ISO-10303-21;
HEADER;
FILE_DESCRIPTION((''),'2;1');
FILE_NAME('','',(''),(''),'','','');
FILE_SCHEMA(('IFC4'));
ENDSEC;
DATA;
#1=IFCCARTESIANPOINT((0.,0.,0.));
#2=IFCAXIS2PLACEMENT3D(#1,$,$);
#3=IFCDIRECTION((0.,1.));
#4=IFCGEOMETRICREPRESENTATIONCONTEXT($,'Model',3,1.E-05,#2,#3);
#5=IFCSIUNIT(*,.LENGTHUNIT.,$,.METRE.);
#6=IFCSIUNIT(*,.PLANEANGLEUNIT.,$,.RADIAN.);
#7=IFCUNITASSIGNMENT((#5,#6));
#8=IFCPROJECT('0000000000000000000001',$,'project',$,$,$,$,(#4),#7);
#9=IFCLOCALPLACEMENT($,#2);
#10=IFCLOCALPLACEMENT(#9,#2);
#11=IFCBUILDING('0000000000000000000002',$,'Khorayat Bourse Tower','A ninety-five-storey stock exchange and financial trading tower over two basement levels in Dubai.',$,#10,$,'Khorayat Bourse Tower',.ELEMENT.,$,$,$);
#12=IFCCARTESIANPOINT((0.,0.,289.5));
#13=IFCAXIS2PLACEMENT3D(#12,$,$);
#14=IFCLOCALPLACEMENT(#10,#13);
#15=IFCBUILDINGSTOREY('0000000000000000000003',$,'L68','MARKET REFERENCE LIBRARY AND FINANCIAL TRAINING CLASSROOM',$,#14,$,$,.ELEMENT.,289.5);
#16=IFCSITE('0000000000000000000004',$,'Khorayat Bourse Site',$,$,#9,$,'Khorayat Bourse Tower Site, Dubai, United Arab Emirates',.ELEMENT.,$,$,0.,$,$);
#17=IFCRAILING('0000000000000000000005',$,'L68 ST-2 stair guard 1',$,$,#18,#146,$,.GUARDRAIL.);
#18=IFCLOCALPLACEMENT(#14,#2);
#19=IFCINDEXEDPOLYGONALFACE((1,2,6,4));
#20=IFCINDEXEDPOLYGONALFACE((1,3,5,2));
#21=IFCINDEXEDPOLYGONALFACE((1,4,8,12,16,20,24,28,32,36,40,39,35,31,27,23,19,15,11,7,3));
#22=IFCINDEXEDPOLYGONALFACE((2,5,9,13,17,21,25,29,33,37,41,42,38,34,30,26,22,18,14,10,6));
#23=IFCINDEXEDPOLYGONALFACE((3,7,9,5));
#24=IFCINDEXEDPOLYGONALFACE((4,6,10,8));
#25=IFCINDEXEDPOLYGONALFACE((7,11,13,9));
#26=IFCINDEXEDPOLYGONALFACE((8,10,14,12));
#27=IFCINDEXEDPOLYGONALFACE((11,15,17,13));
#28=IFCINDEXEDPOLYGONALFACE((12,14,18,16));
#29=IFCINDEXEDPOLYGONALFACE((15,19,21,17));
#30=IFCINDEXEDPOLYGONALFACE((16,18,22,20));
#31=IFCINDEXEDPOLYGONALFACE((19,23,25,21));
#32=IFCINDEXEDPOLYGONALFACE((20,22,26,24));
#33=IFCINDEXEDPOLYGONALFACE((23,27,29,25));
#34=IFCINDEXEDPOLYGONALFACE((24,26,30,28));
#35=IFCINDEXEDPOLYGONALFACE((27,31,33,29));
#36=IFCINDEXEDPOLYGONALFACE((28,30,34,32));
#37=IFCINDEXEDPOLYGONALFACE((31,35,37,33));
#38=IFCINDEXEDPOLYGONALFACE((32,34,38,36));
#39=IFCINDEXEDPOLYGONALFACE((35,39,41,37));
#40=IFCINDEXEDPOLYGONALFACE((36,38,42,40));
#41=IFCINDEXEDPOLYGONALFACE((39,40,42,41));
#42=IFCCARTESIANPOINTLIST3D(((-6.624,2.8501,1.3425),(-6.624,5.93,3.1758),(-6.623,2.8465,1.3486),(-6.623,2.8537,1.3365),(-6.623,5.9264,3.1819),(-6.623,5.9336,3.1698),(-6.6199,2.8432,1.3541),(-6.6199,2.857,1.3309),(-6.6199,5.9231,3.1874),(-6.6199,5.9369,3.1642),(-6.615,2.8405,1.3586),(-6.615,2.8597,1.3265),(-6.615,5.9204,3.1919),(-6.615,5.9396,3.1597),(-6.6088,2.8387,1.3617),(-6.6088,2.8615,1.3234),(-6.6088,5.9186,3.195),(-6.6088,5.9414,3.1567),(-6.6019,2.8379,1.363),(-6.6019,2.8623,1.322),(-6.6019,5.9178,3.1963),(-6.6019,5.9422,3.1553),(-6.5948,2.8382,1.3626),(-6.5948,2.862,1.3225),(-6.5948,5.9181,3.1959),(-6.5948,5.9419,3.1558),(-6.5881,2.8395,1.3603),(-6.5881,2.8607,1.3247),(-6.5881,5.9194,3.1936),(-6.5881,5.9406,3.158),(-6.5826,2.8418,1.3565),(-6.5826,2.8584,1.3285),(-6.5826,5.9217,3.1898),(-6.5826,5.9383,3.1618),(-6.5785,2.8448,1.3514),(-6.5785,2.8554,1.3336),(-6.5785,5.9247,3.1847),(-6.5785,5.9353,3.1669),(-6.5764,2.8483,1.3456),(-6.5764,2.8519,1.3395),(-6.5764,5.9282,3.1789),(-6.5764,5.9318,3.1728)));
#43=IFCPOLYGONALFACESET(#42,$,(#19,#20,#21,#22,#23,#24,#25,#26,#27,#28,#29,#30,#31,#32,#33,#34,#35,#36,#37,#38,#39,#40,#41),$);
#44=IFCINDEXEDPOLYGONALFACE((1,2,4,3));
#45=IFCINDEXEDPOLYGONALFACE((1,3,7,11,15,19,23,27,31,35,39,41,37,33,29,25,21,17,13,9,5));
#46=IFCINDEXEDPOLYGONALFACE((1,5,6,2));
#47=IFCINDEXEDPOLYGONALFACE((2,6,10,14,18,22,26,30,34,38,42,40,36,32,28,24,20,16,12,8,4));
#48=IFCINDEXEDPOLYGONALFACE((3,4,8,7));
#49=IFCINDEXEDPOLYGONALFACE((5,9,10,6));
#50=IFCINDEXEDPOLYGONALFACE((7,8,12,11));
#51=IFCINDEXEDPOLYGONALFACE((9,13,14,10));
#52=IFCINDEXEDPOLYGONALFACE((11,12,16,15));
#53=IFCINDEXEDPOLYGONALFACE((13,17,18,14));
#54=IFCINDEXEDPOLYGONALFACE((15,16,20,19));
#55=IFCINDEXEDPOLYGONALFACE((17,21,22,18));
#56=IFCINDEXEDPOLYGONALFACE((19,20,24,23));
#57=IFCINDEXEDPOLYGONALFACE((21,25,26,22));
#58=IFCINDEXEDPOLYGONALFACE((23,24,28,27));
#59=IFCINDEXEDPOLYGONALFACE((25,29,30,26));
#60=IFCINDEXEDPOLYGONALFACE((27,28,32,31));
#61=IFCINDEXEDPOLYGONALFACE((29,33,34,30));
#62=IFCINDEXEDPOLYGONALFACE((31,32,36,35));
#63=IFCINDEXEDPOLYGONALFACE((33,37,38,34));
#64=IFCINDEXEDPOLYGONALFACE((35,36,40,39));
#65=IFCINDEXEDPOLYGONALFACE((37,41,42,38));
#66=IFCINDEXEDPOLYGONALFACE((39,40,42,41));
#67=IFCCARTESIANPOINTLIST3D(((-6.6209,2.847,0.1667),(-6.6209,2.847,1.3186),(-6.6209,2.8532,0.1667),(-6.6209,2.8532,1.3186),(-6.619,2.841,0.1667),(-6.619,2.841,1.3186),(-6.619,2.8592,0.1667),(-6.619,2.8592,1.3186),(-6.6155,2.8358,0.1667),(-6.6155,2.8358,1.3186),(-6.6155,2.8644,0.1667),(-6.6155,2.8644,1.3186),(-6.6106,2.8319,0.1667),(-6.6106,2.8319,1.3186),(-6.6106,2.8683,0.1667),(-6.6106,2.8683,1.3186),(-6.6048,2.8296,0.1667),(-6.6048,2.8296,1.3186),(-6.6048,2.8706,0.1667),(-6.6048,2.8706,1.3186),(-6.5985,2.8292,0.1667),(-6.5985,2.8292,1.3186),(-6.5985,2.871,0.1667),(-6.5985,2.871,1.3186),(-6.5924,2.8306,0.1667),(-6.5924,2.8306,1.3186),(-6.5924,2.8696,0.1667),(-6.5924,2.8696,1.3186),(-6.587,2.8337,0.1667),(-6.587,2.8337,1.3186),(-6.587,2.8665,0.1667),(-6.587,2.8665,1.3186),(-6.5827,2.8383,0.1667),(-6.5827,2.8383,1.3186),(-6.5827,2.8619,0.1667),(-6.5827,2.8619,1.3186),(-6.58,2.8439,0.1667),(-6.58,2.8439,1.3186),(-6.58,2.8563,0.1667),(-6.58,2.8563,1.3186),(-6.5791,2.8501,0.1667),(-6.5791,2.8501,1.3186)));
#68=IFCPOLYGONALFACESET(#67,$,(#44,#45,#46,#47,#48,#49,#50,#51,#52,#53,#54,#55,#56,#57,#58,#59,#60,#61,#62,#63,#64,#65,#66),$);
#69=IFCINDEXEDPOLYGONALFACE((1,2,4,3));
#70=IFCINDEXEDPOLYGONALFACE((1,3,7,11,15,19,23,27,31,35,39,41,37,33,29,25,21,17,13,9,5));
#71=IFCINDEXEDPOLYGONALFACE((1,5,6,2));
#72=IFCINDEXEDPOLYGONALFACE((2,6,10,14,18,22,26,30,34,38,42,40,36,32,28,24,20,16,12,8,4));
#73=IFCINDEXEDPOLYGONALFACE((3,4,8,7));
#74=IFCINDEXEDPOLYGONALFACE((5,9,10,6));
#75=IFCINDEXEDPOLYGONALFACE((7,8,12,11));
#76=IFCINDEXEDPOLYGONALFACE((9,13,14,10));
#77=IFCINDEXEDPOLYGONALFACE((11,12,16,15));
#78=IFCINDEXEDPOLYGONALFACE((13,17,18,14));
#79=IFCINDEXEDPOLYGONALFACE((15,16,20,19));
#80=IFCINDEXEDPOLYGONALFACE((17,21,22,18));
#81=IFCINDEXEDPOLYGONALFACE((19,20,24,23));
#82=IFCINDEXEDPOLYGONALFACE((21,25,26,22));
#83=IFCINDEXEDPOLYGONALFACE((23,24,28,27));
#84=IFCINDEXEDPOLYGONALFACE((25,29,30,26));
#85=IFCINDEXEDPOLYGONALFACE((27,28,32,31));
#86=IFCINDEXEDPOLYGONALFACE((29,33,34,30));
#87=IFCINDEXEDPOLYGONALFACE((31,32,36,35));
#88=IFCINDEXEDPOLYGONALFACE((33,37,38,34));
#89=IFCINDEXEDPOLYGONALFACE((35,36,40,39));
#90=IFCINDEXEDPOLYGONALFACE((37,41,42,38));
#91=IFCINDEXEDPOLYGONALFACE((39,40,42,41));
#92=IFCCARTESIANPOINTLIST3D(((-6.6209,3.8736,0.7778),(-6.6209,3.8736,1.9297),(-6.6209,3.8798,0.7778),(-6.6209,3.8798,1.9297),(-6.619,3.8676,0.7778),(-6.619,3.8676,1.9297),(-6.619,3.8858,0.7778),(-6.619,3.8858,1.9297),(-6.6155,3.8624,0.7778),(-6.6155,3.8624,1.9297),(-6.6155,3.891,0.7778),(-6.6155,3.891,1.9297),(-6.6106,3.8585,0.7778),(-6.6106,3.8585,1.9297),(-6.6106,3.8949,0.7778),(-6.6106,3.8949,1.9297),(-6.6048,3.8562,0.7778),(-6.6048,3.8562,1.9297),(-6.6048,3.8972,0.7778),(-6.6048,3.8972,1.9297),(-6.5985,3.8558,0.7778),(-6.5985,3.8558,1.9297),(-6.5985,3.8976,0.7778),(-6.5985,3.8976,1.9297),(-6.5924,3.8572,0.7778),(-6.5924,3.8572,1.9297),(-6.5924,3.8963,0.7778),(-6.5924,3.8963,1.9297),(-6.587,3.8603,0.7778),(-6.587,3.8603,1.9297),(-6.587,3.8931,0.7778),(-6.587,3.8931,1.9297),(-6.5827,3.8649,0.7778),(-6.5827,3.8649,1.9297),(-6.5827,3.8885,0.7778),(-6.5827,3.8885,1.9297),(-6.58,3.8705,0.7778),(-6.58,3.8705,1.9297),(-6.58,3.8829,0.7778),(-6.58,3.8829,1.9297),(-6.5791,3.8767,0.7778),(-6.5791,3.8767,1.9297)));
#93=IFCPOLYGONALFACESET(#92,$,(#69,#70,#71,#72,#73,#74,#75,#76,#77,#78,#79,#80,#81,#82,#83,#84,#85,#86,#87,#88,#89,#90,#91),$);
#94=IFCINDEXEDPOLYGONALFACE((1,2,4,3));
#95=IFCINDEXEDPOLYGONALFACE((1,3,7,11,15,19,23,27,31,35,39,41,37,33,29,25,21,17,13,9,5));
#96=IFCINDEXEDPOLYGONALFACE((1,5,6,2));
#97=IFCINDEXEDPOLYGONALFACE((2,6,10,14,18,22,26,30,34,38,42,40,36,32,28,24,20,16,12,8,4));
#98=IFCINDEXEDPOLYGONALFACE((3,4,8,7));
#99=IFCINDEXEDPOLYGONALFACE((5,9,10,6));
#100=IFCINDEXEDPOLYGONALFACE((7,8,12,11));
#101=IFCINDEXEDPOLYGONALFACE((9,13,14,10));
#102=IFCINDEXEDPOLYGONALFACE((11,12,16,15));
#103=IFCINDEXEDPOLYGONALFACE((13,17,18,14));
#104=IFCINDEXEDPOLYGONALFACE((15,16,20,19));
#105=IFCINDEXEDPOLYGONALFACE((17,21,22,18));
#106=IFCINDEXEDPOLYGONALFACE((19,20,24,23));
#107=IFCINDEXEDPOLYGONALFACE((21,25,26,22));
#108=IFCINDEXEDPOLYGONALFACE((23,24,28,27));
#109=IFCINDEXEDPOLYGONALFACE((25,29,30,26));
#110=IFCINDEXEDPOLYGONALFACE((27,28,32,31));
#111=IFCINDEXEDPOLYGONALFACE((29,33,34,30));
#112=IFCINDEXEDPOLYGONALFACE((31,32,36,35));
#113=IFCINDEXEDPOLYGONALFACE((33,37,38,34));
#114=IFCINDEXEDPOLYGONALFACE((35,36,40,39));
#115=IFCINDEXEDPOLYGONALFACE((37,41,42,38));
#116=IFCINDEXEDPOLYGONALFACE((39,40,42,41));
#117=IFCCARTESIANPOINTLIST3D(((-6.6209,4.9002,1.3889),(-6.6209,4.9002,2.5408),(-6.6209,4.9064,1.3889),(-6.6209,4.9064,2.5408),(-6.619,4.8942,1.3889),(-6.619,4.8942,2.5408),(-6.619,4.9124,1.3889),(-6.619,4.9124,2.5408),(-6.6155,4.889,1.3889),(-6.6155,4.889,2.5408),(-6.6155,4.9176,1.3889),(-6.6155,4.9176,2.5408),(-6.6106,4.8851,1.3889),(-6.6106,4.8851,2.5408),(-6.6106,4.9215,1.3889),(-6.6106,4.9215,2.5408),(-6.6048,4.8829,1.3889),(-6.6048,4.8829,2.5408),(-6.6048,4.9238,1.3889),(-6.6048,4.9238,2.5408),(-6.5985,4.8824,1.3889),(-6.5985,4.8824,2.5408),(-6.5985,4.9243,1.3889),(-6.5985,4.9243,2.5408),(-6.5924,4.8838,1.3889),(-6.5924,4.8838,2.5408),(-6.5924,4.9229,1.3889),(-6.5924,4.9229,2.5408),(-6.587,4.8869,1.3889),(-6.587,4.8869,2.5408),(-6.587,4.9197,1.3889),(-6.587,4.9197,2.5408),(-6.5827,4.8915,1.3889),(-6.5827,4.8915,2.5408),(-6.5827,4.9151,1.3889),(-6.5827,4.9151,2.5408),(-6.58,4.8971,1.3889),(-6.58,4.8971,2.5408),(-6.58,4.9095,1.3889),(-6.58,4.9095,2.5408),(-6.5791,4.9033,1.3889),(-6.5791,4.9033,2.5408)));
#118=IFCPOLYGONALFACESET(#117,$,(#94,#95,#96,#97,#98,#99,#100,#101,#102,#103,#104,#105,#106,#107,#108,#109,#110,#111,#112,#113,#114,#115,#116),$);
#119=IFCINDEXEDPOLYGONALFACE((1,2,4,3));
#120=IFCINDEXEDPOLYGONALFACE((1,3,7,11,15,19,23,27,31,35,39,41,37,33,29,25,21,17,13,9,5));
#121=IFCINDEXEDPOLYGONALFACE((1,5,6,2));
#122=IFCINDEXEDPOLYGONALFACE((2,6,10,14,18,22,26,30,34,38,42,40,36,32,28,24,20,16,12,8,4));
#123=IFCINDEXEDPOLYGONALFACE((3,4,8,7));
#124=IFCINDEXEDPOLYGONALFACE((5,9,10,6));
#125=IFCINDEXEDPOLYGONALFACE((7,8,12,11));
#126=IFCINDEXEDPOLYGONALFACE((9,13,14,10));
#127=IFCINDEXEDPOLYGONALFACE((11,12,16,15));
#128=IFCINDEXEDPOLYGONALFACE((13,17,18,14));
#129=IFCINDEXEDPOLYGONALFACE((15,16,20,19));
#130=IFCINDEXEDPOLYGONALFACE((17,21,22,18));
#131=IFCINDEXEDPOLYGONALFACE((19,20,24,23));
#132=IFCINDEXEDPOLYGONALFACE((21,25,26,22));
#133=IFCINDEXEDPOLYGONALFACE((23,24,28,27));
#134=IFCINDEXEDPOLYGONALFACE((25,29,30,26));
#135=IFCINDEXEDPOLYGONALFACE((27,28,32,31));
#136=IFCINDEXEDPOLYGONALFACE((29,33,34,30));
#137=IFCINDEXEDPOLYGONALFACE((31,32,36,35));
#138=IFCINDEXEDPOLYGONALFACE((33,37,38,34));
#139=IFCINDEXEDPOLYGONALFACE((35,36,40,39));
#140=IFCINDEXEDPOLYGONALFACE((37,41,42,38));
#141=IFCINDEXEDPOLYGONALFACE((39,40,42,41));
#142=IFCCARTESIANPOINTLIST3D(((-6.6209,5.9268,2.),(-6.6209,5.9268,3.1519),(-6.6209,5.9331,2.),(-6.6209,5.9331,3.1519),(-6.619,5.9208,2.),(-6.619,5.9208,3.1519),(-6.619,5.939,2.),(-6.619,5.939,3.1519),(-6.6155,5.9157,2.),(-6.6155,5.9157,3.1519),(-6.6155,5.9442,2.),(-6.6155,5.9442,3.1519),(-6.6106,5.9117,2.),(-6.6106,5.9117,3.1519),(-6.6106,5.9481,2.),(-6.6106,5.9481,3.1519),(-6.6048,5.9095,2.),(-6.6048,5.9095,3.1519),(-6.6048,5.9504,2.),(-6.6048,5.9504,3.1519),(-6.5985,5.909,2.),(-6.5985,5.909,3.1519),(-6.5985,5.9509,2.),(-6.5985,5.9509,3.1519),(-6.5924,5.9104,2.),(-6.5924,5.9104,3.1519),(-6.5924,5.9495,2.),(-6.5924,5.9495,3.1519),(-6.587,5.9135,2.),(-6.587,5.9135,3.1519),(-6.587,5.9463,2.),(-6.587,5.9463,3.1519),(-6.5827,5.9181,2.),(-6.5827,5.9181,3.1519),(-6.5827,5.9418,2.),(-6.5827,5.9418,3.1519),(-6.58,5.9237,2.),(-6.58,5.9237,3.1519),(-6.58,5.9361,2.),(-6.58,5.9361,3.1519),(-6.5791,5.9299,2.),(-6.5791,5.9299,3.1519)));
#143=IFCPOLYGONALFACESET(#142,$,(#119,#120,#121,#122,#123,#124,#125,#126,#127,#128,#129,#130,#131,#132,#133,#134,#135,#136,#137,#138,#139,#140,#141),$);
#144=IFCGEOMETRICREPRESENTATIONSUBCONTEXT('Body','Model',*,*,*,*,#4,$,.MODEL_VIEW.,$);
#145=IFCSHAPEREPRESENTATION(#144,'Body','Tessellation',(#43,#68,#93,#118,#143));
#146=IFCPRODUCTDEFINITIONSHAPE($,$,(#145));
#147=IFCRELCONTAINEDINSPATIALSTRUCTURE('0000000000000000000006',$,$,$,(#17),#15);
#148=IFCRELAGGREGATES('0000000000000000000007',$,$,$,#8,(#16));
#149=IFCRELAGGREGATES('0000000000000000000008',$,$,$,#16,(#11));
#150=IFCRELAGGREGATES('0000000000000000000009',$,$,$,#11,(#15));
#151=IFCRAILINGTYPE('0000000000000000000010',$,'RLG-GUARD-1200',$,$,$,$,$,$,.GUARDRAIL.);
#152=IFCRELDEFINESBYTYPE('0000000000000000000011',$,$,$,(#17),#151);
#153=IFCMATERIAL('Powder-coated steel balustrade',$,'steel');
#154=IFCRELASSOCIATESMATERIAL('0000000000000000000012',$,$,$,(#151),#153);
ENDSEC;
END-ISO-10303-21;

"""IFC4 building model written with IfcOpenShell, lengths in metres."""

from ifc_helpers import new_model, si_unit, direction, frame, origin, origin_2d, place, context, subcontext, project, spatial, circle, extrude, source, transform, mapped, material, type_object, element, save


model = new_model("IFC4")

# Units and contexts
model_context = context("Model", 3, precision=1e-05, world=origin(), true_north=direction((0.0, 1.0)))
body_context = subcontext(model_context, "Body", "Model", "MODEL_VIEW")
ifc_project = project(units=[si_unit("LENGTHUNIT", "METRE"), si_unit("PLANEANGLEUNIT", "RADIAN")], contexts=[model_context])

# Site, building, storey
site_placement = place(None, origin())
site = spatial("IfcSite", under=ifc_project, at=site_placement, Name="Khorayat Bourse Site", LongName="Khorayat Bourse Tower Site, Dubai, United Arab Emirates", CompositionType="ELEMENT", RefElevation=0.0)
building_placement = place(site_placement, origin())
building = spatial("IfcBuilding", under=site, at=building_placement, Name="Khorayat Bourse Tower", Description="A ninety-five-storey stock exchange and financial trading tower over two basement levels in Dubai.", LongName="Khorayat Bourse Tower", CompositionType="ELEMENT")
storey_placement = place(building_placement, frame((0.0, 0.0, 289.5)))
storey = spatial("IfcBuildingStorey", under=building, at=storey_placement, Name="L68", Description="MARKET REFERENCE LIBRARY AND FINANCIAL TRAINING CLASSROOM", CompositionType="ELEMENT", Elevation=289.5)

# Railing
ifc_material_1 = material(Name="Powder-coated steel balustrade", Category="steel")
railing_type_1 = type_object("IfcRailingType", Name="RLG-GUARD-1200", PredefinedType="GUARDRAIL", material=ifc_material_1)
shared_shape_1 = source(origin(), body_context, "Body", "SweptSolid", [
    extrude(circle(Radius=0.0239, at=origin_2d()), frame((0.0, 0.0, 1.1758), z_axis=(0.0, 0.859291, 0.511487), x_axis=(-1.0, 0.0, 0.0)), (0.0, 0.0, 1.0), 3.5842),
    extrude(circle(Radius=0.021, at=origin_2d()), origin(), (0.0, 0.0, 1.0), 1.1519),
    extrude(circle(Radius=0.021, at=origin_2d()), frame((0.0, 1.0266, 0.6111)), (0.0, 0.0, 1.0), 1.1519),
    extrude(circle(Radius=0.021, at=origin_2d()), frame((0.0, 2.0532, 1.2222)), (0.0, 0.0, 1.0), 1.1519),
    extrude(circle(Radius=0.021, at=origin_2d()), frame((0.0, 3.0798, 1.8333)), (0.0, 0.0, 1.0), 1.1519),
])
railing_1_placement = place(storey_placement, frame((-6.6001, 2.8501, 0.1667)))
element("IfcRailing", 1, at=railing_1_placement, inside=storey, type_object=railing_type_1, Name="L68 ST-2 stair guard 1", PredefinedType="GUARDRAIL", context=body_context, shape_type="MappedRepresentation", body=[
    mapped(shared_shape_1, transform((0.0, 0.0, 0.0), scale=1.0)),
])

save(model, "model.ifc")
